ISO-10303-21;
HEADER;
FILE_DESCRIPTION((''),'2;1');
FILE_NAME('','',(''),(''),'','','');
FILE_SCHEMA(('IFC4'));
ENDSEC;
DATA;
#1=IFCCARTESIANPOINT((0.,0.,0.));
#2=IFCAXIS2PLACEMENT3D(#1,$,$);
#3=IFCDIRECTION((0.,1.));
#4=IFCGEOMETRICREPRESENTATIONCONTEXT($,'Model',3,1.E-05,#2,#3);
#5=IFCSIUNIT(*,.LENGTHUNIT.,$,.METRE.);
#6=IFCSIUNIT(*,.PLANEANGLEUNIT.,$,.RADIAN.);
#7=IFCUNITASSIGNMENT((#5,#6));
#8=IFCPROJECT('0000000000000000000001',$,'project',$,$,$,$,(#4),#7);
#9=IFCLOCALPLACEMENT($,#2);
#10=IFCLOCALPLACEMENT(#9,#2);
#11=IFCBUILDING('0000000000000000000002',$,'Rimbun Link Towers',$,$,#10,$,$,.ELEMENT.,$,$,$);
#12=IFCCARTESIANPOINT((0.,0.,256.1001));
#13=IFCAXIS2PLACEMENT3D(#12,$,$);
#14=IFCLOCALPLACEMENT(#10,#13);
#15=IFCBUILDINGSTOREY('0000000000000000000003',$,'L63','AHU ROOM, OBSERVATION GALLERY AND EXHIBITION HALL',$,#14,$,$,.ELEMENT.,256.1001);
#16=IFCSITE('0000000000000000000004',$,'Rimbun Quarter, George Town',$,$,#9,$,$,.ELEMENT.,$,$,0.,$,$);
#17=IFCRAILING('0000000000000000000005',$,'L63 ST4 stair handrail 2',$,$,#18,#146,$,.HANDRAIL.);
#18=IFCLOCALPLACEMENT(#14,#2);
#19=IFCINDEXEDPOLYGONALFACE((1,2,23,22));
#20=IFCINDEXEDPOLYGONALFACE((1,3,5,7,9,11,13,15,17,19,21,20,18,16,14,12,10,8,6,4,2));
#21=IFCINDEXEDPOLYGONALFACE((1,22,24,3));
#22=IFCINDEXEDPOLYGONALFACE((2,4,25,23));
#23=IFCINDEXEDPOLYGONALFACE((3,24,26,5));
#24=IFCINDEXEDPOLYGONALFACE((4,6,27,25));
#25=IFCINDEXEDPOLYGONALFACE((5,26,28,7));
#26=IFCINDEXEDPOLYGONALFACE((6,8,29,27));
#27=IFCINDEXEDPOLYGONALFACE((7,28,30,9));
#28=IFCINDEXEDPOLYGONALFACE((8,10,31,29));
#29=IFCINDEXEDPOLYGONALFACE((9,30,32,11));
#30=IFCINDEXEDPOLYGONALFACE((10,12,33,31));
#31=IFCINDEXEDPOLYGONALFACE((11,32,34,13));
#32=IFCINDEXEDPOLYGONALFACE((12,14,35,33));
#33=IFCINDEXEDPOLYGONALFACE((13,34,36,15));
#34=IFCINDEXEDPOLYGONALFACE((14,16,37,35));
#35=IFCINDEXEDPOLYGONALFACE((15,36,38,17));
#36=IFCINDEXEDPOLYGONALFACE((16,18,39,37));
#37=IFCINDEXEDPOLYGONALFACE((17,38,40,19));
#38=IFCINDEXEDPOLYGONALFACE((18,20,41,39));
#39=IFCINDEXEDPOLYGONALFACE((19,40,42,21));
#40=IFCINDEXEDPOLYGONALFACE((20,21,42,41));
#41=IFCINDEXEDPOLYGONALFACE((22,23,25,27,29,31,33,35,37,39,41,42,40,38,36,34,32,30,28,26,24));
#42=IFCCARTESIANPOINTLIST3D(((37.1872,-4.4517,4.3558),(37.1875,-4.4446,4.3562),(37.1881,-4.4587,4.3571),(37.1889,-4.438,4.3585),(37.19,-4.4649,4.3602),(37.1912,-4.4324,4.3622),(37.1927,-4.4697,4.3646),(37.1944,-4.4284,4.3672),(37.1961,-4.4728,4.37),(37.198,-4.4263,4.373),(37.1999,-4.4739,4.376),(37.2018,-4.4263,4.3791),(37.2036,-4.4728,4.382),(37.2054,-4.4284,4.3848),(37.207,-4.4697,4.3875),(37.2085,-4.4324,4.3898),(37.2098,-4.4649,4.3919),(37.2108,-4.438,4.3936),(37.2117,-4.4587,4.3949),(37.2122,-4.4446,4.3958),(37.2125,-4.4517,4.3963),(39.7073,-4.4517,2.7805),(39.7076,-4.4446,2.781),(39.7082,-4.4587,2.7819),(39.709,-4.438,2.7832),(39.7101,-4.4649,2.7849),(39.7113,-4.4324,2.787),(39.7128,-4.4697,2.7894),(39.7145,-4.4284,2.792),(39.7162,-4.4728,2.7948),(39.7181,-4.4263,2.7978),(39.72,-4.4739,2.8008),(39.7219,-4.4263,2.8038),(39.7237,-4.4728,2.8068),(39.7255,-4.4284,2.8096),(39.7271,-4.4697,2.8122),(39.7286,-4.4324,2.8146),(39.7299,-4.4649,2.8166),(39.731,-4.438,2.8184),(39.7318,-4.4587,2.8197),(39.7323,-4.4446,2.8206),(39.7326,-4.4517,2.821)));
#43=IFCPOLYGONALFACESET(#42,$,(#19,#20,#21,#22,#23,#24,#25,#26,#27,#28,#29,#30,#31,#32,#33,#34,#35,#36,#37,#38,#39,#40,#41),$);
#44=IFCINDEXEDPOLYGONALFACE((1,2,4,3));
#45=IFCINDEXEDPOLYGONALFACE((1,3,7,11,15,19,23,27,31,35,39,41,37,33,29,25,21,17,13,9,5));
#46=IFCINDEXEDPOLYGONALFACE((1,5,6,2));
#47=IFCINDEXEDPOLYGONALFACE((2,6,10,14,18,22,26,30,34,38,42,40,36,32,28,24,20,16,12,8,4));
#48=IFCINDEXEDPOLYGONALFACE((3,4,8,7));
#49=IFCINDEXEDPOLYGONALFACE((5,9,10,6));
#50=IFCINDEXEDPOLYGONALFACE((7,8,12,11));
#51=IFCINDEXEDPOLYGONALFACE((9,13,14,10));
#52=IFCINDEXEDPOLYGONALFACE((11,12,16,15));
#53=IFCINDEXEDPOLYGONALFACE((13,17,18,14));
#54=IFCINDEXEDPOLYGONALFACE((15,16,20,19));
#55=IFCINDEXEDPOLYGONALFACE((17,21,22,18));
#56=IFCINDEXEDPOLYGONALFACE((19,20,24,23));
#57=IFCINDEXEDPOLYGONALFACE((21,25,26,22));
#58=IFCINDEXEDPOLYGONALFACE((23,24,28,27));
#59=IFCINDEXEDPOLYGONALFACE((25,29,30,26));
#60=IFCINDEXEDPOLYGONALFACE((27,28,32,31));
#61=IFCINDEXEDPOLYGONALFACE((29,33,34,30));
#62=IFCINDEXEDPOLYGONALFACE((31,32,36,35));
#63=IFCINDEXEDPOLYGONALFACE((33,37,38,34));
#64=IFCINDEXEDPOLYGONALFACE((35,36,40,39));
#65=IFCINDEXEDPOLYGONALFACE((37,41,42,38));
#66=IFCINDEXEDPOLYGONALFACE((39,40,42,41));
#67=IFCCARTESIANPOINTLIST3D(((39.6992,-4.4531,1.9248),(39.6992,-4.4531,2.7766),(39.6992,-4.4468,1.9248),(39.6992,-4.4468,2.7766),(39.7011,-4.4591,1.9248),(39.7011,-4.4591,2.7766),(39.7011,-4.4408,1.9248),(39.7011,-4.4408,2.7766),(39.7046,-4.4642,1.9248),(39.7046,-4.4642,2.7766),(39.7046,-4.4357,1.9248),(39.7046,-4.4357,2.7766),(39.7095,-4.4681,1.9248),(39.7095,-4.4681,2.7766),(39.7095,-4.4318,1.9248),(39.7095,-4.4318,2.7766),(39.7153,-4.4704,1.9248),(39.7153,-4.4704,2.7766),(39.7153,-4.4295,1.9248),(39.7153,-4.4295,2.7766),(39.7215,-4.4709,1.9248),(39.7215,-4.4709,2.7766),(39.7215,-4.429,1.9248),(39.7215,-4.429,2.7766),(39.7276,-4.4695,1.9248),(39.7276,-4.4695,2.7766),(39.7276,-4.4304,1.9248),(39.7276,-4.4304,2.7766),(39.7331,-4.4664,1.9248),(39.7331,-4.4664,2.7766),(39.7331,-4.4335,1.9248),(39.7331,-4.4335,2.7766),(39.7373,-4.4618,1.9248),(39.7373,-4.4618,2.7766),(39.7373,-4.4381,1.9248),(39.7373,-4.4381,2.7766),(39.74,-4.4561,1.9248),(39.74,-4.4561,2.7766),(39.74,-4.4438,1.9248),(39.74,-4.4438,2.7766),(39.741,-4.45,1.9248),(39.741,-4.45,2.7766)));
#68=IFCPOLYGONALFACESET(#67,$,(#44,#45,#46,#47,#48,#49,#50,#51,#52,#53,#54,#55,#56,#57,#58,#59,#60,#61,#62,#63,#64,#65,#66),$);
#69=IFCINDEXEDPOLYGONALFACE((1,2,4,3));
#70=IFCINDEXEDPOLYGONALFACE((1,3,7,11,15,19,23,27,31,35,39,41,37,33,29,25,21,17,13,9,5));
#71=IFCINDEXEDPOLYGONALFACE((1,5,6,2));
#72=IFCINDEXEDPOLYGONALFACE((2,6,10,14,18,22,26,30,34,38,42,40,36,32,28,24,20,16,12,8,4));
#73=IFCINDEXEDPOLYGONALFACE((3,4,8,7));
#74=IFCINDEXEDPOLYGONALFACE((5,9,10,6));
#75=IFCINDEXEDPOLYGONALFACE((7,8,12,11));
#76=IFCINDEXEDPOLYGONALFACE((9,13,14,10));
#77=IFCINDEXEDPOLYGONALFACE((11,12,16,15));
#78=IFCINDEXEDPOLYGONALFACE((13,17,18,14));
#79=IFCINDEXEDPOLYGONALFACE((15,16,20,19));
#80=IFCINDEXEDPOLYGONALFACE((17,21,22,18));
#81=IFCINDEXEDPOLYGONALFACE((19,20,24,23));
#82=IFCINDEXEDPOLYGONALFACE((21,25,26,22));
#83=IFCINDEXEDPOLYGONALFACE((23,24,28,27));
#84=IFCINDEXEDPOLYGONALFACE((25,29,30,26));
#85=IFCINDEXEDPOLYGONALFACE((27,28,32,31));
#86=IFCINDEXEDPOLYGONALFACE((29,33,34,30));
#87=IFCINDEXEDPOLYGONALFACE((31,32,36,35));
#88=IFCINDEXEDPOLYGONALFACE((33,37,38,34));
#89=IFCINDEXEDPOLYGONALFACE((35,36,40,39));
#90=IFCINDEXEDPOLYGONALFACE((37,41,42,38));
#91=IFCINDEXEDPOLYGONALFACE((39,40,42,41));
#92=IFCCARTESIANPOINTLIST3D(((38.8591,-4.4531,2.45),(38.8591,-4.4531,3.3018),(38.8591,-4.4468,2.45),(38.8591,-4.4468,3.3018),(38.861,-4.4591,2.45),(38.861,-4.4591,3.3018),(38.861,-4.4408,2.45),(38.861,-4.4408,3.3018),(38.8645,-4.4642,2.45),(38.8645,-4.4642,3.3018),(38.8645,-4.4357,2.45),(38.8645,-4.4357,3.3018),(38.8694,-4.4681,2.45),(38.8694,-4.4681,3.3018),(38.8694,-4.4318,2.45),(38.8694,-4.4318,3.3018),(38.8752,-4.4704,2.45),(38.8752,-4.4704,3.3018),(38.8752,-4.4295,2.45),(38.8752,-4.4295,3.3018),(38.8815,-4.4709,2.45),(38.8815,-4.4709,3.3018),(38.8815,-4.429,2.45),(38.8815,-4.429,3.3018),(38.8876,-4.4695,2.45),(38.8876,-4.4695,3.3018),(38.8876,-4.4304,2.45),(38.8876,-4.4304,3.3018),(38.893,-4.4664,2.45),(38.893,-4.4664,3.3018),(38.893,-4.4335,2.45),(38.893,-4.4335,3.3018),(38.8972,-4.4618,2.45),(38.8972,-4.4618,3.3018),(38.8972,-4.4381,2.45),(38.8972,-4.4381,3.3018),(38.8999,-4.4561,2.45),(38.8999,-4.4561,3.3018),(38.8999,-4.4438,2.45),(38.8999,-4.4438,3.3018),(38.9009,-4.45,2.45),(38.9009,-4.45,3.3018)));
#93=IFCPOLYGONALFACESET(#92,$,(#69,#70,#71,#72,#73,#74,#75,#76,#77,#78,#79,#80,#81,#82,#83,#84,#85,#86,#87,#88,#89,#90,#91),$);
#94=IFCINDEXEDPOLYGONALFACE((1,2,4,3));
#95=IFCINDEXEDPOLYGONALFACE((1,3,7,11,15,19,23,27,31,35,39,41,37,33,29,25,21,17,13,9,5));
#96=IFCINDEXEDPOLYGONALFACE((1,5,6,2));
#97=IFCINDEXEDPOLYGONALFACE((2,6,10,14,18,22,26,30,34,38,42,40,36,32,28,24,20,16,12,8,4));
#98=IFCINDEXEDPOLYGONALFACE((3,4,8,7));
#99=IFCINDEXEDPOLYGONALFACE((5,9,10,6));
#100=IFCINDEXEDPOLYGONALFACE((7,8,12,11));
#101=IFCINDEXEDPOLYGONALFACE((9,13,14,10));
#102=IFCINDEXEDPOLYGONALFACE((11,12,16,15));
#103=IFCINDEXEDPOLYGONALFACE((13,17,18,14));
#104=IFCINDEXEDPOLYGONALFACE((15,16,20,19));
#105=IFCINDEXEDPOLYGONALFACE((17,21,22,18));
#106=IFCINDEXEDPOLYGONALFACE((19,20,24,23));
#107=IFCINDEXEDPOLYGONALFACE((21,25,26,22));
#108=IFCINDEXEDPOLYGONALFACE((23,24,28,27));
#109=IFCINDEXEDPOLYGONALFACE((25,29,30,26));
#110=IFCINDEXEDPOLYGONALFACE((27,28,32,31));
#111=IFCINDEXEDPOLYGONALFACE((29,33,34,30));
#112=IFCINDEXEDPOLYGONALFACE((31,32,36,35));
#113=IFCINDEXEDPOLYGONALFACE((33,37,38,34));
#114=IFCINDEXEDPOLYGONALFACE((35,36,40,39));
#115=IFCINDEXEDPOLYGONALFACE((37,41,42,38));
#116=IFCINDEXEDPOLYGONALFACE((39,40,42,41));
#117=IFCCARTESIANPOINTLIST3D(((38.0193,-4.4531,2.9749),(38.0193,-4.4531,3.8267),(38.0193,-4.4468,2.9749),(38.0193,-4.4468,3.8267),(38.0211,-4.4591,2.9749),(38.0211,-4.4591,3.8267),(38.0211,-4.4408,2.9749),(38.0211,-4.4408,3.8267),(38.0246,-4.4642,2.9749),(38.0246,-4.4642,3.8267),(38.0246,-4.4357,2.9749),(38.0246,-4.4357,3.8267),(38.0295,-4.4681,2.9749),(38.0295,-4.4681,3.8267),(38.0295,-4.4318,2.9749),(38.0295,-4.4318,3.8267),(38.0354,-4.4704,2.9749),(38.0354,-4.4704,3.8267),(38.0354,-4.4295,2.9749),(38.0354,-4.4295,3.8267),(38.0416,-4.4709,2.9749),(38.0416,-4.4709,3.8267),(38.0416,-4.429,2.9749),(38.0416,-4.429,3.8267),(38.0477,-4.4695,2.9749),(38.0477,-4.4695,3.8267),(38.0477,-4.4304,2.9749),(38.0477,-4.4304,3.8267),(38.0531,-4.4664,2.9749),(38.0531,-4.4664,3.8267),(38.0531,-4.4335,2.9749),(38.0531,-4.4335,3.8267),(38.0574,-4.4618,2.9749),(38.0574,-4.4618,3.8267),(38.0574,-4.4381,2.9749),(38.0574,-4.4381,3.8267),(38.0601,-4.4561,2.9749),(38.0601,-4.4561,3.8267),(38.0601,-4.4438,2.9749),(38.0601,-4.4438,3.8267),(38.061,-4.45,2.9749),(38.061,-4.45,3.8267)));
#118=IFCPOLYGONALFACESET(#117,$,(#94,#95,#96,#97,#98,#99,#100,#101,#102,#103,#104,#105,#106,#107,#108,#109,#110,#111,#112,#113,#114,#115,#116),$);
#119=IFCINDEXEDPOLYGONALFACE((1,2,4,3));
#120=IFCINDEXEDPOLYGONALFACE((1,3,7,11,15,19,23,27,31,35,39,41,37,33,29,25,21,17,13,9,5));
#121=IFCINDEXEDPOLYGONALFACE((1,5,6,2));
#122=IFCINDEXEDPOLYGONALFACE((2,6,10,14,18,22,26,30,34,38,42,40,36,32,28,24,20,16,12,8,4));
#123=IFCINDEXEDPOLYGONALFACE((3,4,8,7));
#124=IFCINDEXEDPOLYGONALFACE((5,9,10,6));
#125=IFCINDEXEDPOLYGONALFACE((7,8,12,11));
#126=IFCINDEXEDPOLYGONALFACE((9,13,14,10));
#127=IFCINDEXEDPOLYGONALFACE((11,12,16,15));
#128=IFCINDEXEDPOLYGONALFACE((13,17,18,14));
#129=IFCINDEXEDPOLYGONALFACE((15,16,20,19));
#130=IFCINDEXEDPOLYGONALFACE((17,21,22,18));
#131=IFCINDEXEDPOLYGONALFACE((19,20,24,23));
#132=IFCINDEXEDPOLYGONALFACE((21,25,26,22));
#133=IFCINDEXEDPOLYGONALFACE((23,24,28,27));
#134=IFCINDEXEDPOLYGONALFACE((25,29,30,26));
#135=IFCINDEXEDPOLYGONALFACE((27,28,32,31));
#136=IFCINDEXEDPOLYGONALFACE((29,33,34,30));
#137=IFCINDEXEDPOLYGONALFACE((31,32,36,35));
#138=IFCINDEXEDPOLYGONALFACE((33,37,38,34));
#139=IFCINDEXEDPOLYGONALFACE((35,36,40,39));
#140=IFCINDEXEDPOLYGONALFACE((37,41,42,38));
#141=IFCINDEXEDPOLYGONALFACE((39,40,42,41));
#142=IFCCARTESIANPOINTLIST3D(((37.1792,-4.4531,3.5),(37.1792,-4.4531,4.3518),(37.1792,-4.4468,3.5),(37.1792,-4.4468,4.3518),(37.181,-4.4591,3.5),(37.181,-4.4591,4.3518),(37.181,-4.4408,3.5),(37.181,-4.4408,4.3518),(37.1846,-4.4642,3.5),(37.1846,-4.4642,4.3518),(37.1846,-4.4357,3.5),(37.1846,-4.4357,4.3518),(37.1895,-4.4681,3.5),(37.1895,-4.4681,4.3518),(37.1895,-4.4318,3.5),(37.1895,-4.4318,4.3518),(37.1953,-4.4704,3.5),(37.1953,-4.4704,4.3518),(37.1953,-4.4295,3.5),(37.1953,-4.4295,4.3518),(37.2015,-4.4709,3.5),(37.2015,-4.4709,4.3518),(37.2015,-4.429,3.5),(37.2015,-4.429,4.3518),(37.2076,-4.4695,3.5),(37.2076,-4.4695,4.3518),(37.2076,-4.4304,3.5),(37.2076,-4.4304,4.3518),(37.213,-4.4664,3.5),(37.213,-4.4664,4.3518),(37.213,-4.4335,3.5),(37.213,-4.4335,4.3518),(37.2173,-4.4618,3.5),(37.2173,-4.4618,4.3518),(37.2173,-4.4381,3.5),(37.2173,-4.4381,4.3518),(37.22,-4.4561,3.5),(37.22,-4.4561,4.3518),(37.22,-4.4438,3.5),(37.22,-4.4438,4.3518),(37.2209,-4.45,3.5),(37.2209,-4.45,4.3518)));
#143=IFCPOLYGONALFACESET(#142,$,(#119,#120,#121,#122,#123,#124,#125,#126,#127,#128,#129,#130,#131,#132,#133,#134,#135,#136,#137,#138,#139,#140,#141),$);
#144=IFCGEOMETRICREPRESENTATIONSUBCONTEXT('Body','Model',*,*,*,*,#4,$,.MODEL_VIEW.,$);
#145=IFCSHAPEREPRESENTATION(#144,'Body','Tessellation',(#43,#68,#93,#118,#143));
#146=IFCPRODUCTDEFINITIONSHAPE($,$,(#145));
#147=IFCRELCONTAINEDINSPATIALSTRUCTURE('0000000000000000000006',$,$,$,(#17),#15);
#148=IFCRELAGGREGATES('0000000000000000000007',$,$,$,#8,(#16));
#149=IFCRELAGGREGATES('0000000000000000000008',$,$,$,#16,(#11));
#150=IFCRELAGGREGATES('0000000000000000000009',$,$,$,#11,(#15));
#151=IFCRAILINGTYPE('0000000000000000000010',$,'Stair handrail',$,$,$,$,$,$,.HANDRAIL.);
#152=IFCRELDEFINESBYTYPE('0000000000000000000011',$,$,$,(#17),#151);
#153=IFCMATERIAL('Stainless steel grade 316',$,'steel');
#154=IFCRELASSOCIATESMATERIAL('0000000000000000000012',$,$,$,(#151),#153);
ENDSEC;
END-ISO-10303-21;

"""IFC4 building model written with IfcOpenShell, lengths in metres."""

from ifc_helpers import new_model, si_unit, direction, frame, origin, origin_2d, place, context, subcontext, project, spatial, circle, extrude, material, type_object, element, save


model = new_model("IFC4")

# Units and contexts
model_context = context("Model", 3, precision=1e-05, world=origin(), true_north=direction((0.0, 1.0)))
body_context = subcontext(model_context, "Body", "Model", "MODEL_VIEW")
ifc_project = project(units=[si_unit("LENGTHUNIT", "METRE"), si_unit("PLANEANGLEUNIT", "RADIAN")], contexts=[model_context])

# Site, building, storey
site_placement = place(None, origin())
site = spatial("IfcSite", under=ifc_project, at=site_placement, Name="Rimbun Quarter, George Town", CompositionType="ELEMENT", RefElevation=0.0)
building_placement = place(site_placement, origin())
building = spatial("IfcBuilding", under=site, at=building_placement, Name="Rimbun Link Towers", CompositionType="ELEMENT")
storey_placement = place(building_placement, frame((0.0, 0.0, 256.1001)))
storey = spatial("IfcBuildingStorey", under=building, at=storey_placement, Name="L63", Description="AHU ROOM, OBSERVATION GALLERY AND EXHIBITION HALL", CompositionType="ELEMENT", Elevation=256.1001)

# Railing
ifc_material_1 = material(Name="Stainless steel grade 316", Category="steel")
railing_type_1 = type_object("IfcRailingType", Name="Stair handrail", PredefinedType="HANDRAIL", material=ifc_material_1)
for number, where, name in (
    (1, (39.72, -4.45, 1.9248), "L63 ST4 stair handrail 2"),
):
    element("IfcRailing", number, at=place(storey_placement, frame(where)), inside=storey, type_object=railing_type_1, Name=name, PredefinedType="HANDRAIL", context=body_context, shape_type="SweptSolid", body=[
        extrude(circle(Radius=0.0239, at=origin_2d()), frame((0.0, 0.0, 0.876), z_axis=(-0.847971, 0.0, 0.530043), x_axis=(0.0, -1.0, 0.0)), (0.0, 0.0, 1.0), 2.9719),
        extrude(circle(Radius=0.021, at=origin_2d()), origin(), (0.0, 0.0, 1.0), 0.8518),
        extrude(circle(Radius=0.021, at=origin_2d()), frame((-0.8401, 0.0, 0.5251)), (0.0, 0.0, 1.0), 0.8518),
        extrude(circle(Radius=0.021, at=origin_2d()), frame((-1.6799, 0.0, 1.05)), (0.0, 0.0, 1.0), 0.8518),
        extrude(circle(Radius=0.021, at=origin_2d()), frame((-2.52, 0.0, 1.5752)), (0.0, 0.0, 1.0), 0.8518),
    ])

save(model, "model.ifc")
